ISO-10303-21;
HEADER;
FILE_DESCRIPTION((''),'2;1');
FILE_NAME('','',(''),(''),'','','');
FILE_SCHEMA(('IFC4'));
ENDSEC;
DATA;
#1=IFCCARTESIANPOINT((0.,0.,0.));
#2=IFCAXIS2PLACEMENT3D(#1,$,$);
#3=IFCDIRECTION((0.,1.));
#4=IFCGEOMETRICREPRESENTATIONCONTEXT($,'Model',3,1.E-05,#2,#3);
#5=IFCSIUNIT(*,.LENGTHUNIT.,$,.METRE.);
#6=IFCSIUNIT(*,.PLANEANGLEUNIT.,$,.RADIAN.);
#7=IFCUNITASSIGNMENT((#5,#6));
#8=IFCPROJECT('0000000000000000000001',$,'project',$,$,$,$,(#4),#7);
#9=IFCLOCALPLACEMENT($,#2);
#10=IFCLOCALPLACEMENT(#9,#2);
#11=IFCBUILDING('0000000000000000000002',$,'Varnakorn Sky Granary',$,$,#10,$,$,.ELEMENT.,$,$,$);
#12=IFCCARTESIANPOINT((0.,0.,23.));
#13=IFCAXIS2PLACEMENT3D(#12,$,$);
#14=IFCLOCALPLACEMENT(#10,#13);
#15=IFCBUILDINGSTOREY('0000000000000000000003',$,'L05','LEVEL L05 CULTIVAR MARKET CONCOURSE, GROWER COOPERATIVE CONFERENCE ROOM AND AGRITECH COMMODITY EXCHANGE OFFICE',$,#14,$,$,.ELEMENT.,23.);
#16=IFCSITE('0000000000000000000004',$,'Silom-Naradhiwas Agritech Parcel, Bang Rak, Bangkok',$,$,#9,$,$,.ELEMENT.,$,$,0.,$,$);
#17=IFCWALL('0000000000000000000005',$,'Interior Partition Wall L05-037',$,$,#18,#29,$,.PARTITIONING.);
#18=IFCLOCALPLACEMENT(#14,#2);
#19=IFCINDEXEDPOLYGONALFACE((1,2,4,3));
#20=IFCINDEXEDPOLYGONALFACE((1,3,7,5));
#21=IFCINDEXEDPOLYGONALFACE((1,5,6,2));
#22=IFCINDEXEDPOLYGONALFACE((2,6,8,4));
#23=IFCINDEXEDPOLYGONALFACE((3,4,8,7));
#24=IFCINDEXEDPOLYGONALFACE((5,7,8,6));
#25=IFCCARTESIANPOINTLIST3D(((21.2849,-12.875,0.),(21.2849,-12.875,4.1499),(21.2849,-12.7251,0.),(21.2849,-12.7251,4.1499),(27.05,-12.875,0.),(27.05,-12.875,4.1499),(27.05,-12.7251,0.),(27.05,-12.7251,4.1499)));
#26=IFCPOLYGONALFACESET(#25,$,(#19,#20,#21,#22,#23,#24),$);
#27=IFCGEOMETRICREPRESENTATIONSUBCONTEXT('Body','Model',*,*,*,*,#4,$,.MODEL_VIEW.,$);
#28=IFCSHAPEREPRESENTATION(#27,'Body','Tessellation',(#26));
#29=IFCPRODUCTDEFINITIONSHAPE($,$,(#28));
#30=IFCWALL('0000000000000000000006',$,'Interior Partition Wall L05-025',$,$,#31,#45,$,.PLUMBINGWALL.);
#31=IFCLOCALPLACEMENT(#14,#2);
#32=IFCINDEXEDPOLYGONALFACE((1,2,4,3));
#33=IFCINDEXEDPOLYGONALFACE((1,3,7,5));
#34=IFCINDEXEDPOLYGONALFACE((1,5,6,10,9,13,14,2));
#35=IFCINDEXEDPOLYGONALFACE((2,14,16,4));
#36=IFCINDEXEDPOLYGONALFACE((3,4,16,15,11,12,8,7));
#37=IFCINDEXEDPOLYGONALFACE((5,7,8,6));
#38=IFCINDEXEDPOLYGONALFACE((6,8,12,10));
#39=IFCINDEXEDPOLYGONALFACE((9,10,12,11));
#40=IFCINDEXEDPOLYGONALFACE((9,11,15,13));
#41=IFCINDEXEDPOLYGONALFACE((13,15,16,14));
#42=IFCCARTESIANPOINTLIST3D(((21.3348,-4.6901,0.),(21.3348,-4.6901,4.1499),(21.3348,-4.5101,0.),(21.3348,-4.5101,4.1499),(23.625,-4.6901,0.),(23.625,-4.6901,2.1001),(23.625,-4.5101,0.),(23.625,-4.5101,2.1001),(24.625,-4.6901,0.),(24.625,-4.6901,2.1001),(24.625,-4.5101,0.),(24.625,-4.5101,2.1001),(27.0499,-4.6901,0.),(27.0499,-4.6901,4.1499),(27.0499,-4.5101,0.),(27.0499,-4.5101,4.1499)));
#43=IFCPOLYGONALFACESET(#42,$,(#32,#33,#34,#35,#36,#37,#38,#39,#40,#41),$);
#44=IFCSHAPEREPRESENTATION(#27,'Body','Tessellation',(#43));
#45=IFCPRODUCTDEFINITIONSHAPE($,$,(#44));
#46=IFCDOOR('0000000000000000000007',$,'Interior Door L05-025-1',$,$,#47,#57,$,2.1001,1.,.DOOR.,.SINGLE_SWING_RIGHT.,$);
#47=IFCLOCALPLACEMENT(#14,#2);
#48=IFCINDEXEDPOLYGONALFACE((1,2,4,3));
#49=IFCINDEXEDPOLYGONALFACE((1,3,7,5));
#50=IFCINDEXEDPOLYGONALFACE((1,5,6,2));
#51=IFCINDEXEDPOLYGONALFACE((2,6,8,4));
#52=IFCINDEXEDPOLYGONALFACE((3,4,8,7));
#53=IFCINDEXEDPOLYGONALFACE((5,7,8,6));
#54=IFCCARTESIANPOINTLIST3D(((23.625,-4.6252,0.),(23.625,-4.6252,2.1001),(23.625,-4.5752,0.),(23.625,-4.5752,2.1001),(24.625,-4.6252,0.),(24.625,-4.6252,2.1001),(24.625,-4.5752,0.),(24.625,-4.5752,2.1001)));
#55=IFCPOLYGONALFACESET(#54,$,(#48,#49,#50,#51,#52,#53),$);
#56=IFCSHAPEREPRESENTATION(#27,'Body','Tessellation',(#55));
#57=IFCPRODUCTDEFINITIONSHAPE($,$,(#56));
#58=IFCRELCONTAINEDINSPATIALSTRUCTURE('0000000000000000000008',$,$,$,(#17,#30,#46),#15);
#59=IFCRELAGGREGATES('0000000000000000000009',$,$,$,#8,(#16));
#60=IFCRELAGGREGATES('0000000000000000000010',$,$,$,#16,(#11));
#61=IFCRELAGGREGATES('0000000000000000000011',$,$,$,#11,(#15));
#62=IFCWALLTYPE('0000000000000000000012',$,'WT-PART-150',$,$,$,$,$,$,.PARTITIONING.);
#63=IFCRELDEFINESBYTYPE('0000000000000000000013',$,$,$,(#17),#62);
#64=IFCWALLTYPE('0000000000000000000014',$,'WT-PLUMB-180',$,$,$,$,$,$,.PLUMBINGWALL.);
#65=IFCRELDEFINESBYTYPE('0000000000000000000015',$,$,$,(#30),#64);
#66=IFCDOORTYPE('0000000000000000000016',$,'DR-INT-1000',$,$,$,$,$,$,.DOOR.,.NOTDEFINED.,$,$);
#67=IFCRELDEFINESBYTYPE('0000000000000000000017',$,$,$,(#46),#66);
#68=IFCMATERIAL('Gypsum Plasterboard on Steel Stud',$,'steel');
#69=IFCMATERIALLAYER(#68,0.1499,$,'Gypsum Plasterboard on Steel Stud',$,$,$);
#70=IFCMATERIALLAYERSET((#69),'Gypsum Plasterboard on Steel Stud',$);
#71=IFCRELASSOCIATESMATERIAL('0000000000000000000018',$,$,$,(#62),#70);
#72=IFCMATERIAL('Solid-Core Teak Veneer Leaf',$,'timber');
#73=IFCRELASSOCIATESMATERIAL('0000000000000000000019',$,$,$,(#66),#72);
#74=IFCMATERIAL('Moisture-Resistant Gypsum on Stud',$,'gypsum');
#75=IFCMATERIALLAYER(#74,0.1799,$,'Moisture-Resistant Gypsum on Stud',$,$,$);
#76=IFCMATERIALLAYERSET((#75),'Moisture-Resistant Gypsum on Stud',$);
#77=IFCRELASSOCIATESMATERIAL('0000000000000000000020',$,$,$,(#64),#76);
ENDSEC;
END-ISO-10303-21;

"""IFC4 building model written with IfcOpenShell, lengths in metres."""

from ifc_helpers import new_model, si_unit, direction, frame, frame_2d, origin, place, context, subcontext, project, spatial, rectangle, extrude, material, layer, layer_set, type_object, element, fill, save


model = new_model("IFC4")

# Units and contexts
model_context = context("Model", 3, precision=1e-05, world=origin(), true_north=direction((0.0, 1.0)))
body_context = subcontext(model_context, "Body", "Model", "MODEL_VIEW")
ifc_project = project(units=[si_unit("LENGTHUNIT", "METRE"), si_unit("PLANEANGLEUNIT", "RADIAN")], contexts=[model_context])

# Site, building, storey
site_placement = place(None, origin())
site = spatial("IfcSite", under=ifc_project, at=site_placement, Name="Silom-Naradhiwas Agritech Parcel, Bang Rak, Bangkok", CompositionType="ELEMENT", RefElevation=0.0)
building_placement = place(site_placement, origin())
building = spatial("IfcBuilding", under=site, at=building_placement, Name="Varnakorn Sky Granary", CompositionType="ELEMENT")
storey_placement = place(building_placement, frame((0.0, 0.0, 23.0)))
storey = spatial("IfcBuildingStorey", under=building, at=storey_placement, Name="L05", Description="LEVEL L05 CULTIVAR MARKET CONCOURSE, GROWER COOPERATIVE CONFERENCE ROOM AND AGRITECH COMMODITY EXCHANGE OFFICE", CompositionType="ELEMENT", Elevation=23.0)

# Shared definitions
ifc_material_1 = material(Name="Gypsum Plasterboard on Steel Stud", Category="steel")
ifc_layer_1 = layer(ifc_material_1, 0.1499, Name="Gypsum Plasterboard on Steel Stud")
ifc_layer_set_1 = layer_set([ifc_layer_1], Name="Gypsum Plasterboard on Steel Stud")
wall_type_1 = type_object("IfcWallType", Name="WT-PART-150", PredefinedType="PARTITIONING", material=ifc_layer_set_1)
ifc_material_2 = material(Name="Solid-Core Teak Veneer Leaf", Category="timber")
door_type = type_object("IfcDoorType", Name="DR-INT-1000", OperationType="NOTDEFINED", PredefinedType="DOOR", material=ifc_material_2)

# Wall
wall_1_placement = place(storey_placement, frame((21.2849, -12.8, 0.0), z_axis=(0.0, 0.0, 1.0), x_axis=(1.0, 0.0, 0.0)))
element("IfcWall", 1, at=wall_1_placement, inside=storey, type_object=wall_type_1, Name="Interior Partition Wall L05-037", PredefinedType="PARTITIONING", context=body_context, shape_type="SweptSolid", body=[
    extrude(rectangle(XDim=5.7651, YDim=0.1499, at=frame_2d((2.8826, 0.0))), origin(), (0.0, 0.0, 1.0), 4.1499),
])

# Wall, opening, door
ifc_material_3 = material(Name="Moisture-Resistant Gypsum on Stud", Category="gypsum")
ifc_layer_2 = layer(ifc_material_3, 0.1799, Name="Moisture-Resistant Gypsum on Stud")
ifc_layer_set_2 = layer_set([ifc_layer_2], Name="Moisture-Resistant Gypsum on Stud")
wall_type_2 = type_object("IfcWallType", Name="WT-PLUMB-180", PredefinedType="PLUMBINGWALL", material=ifc_layer_set_2)
wall_2_placement = place(storey_placement, frame((21.335, -4.6001, 0.0), z_axis=(0.0, 0.0, 1.0), x_axis=(1.0, 0.0, 0.0)))
wall_2 = element("IfcWall", 2, at=wall_2_placement, inside=storey, type_object=wall_type_2, Name="Interior Partition Wall L05-025", PredefinedType="PLUMBINGWALL", context=body_context, shape_type="SweptSolid", body=[
    extrude(rectangle(XDim=5.7151, YDim=0.1799, at=frame_2d((2.8574, 0.0))), origin(), (0.0, 0.0, 1.0), 4.1499),
])
opening_1_placement = place(wall_2_placement, frame((2.29, 0.0, 0.0)))
opening_1 = element("IfcOpeningElement", 3, at=opening_1_placement, cuts=wall_2, PredefinedType="OPENING", context=body_context, shape_type="SweptSolid", body=[
    extrude(rectangle(XDim=1.0, YDim=2.1001, at=frame_2d((0.5, 1.05))), frame((0.0, 0.1001, 0.0), z_axis=(0.0, -1.0, 0.0), x_axis=(1.0, 0.0, 0.0)), (0.0, 0.0, 1.0), 0.2),
])
door_1_placement = place(opening_1_placement, origin())
door_1 = element("IfcDoor", 4, at=door_1_placement, inside=storey, type_object=door_type, Name="Interior Door L05-025-1", OperationType="SINGLE_SWING_RIGHT", OverallHeight=2.1001, OverallWidth=1.0, PredefinedType="DOOR", context=body_context, shape_type="SweptSolid", body=[
    extrude(rectangle(XDim=1.0, YDim=2.1001, at=frame_2d((0.5, 1.05))), frame((0.0, 0.0249, 0.0), z_axis=(0.0, -1.0, 0.0), x_axis=(1.0, 0.0, 0.0)), (0.0, 0.0, 1.0), 0.05),
])
fill(opening_1, door_1)

save(model, "model.ifc")
